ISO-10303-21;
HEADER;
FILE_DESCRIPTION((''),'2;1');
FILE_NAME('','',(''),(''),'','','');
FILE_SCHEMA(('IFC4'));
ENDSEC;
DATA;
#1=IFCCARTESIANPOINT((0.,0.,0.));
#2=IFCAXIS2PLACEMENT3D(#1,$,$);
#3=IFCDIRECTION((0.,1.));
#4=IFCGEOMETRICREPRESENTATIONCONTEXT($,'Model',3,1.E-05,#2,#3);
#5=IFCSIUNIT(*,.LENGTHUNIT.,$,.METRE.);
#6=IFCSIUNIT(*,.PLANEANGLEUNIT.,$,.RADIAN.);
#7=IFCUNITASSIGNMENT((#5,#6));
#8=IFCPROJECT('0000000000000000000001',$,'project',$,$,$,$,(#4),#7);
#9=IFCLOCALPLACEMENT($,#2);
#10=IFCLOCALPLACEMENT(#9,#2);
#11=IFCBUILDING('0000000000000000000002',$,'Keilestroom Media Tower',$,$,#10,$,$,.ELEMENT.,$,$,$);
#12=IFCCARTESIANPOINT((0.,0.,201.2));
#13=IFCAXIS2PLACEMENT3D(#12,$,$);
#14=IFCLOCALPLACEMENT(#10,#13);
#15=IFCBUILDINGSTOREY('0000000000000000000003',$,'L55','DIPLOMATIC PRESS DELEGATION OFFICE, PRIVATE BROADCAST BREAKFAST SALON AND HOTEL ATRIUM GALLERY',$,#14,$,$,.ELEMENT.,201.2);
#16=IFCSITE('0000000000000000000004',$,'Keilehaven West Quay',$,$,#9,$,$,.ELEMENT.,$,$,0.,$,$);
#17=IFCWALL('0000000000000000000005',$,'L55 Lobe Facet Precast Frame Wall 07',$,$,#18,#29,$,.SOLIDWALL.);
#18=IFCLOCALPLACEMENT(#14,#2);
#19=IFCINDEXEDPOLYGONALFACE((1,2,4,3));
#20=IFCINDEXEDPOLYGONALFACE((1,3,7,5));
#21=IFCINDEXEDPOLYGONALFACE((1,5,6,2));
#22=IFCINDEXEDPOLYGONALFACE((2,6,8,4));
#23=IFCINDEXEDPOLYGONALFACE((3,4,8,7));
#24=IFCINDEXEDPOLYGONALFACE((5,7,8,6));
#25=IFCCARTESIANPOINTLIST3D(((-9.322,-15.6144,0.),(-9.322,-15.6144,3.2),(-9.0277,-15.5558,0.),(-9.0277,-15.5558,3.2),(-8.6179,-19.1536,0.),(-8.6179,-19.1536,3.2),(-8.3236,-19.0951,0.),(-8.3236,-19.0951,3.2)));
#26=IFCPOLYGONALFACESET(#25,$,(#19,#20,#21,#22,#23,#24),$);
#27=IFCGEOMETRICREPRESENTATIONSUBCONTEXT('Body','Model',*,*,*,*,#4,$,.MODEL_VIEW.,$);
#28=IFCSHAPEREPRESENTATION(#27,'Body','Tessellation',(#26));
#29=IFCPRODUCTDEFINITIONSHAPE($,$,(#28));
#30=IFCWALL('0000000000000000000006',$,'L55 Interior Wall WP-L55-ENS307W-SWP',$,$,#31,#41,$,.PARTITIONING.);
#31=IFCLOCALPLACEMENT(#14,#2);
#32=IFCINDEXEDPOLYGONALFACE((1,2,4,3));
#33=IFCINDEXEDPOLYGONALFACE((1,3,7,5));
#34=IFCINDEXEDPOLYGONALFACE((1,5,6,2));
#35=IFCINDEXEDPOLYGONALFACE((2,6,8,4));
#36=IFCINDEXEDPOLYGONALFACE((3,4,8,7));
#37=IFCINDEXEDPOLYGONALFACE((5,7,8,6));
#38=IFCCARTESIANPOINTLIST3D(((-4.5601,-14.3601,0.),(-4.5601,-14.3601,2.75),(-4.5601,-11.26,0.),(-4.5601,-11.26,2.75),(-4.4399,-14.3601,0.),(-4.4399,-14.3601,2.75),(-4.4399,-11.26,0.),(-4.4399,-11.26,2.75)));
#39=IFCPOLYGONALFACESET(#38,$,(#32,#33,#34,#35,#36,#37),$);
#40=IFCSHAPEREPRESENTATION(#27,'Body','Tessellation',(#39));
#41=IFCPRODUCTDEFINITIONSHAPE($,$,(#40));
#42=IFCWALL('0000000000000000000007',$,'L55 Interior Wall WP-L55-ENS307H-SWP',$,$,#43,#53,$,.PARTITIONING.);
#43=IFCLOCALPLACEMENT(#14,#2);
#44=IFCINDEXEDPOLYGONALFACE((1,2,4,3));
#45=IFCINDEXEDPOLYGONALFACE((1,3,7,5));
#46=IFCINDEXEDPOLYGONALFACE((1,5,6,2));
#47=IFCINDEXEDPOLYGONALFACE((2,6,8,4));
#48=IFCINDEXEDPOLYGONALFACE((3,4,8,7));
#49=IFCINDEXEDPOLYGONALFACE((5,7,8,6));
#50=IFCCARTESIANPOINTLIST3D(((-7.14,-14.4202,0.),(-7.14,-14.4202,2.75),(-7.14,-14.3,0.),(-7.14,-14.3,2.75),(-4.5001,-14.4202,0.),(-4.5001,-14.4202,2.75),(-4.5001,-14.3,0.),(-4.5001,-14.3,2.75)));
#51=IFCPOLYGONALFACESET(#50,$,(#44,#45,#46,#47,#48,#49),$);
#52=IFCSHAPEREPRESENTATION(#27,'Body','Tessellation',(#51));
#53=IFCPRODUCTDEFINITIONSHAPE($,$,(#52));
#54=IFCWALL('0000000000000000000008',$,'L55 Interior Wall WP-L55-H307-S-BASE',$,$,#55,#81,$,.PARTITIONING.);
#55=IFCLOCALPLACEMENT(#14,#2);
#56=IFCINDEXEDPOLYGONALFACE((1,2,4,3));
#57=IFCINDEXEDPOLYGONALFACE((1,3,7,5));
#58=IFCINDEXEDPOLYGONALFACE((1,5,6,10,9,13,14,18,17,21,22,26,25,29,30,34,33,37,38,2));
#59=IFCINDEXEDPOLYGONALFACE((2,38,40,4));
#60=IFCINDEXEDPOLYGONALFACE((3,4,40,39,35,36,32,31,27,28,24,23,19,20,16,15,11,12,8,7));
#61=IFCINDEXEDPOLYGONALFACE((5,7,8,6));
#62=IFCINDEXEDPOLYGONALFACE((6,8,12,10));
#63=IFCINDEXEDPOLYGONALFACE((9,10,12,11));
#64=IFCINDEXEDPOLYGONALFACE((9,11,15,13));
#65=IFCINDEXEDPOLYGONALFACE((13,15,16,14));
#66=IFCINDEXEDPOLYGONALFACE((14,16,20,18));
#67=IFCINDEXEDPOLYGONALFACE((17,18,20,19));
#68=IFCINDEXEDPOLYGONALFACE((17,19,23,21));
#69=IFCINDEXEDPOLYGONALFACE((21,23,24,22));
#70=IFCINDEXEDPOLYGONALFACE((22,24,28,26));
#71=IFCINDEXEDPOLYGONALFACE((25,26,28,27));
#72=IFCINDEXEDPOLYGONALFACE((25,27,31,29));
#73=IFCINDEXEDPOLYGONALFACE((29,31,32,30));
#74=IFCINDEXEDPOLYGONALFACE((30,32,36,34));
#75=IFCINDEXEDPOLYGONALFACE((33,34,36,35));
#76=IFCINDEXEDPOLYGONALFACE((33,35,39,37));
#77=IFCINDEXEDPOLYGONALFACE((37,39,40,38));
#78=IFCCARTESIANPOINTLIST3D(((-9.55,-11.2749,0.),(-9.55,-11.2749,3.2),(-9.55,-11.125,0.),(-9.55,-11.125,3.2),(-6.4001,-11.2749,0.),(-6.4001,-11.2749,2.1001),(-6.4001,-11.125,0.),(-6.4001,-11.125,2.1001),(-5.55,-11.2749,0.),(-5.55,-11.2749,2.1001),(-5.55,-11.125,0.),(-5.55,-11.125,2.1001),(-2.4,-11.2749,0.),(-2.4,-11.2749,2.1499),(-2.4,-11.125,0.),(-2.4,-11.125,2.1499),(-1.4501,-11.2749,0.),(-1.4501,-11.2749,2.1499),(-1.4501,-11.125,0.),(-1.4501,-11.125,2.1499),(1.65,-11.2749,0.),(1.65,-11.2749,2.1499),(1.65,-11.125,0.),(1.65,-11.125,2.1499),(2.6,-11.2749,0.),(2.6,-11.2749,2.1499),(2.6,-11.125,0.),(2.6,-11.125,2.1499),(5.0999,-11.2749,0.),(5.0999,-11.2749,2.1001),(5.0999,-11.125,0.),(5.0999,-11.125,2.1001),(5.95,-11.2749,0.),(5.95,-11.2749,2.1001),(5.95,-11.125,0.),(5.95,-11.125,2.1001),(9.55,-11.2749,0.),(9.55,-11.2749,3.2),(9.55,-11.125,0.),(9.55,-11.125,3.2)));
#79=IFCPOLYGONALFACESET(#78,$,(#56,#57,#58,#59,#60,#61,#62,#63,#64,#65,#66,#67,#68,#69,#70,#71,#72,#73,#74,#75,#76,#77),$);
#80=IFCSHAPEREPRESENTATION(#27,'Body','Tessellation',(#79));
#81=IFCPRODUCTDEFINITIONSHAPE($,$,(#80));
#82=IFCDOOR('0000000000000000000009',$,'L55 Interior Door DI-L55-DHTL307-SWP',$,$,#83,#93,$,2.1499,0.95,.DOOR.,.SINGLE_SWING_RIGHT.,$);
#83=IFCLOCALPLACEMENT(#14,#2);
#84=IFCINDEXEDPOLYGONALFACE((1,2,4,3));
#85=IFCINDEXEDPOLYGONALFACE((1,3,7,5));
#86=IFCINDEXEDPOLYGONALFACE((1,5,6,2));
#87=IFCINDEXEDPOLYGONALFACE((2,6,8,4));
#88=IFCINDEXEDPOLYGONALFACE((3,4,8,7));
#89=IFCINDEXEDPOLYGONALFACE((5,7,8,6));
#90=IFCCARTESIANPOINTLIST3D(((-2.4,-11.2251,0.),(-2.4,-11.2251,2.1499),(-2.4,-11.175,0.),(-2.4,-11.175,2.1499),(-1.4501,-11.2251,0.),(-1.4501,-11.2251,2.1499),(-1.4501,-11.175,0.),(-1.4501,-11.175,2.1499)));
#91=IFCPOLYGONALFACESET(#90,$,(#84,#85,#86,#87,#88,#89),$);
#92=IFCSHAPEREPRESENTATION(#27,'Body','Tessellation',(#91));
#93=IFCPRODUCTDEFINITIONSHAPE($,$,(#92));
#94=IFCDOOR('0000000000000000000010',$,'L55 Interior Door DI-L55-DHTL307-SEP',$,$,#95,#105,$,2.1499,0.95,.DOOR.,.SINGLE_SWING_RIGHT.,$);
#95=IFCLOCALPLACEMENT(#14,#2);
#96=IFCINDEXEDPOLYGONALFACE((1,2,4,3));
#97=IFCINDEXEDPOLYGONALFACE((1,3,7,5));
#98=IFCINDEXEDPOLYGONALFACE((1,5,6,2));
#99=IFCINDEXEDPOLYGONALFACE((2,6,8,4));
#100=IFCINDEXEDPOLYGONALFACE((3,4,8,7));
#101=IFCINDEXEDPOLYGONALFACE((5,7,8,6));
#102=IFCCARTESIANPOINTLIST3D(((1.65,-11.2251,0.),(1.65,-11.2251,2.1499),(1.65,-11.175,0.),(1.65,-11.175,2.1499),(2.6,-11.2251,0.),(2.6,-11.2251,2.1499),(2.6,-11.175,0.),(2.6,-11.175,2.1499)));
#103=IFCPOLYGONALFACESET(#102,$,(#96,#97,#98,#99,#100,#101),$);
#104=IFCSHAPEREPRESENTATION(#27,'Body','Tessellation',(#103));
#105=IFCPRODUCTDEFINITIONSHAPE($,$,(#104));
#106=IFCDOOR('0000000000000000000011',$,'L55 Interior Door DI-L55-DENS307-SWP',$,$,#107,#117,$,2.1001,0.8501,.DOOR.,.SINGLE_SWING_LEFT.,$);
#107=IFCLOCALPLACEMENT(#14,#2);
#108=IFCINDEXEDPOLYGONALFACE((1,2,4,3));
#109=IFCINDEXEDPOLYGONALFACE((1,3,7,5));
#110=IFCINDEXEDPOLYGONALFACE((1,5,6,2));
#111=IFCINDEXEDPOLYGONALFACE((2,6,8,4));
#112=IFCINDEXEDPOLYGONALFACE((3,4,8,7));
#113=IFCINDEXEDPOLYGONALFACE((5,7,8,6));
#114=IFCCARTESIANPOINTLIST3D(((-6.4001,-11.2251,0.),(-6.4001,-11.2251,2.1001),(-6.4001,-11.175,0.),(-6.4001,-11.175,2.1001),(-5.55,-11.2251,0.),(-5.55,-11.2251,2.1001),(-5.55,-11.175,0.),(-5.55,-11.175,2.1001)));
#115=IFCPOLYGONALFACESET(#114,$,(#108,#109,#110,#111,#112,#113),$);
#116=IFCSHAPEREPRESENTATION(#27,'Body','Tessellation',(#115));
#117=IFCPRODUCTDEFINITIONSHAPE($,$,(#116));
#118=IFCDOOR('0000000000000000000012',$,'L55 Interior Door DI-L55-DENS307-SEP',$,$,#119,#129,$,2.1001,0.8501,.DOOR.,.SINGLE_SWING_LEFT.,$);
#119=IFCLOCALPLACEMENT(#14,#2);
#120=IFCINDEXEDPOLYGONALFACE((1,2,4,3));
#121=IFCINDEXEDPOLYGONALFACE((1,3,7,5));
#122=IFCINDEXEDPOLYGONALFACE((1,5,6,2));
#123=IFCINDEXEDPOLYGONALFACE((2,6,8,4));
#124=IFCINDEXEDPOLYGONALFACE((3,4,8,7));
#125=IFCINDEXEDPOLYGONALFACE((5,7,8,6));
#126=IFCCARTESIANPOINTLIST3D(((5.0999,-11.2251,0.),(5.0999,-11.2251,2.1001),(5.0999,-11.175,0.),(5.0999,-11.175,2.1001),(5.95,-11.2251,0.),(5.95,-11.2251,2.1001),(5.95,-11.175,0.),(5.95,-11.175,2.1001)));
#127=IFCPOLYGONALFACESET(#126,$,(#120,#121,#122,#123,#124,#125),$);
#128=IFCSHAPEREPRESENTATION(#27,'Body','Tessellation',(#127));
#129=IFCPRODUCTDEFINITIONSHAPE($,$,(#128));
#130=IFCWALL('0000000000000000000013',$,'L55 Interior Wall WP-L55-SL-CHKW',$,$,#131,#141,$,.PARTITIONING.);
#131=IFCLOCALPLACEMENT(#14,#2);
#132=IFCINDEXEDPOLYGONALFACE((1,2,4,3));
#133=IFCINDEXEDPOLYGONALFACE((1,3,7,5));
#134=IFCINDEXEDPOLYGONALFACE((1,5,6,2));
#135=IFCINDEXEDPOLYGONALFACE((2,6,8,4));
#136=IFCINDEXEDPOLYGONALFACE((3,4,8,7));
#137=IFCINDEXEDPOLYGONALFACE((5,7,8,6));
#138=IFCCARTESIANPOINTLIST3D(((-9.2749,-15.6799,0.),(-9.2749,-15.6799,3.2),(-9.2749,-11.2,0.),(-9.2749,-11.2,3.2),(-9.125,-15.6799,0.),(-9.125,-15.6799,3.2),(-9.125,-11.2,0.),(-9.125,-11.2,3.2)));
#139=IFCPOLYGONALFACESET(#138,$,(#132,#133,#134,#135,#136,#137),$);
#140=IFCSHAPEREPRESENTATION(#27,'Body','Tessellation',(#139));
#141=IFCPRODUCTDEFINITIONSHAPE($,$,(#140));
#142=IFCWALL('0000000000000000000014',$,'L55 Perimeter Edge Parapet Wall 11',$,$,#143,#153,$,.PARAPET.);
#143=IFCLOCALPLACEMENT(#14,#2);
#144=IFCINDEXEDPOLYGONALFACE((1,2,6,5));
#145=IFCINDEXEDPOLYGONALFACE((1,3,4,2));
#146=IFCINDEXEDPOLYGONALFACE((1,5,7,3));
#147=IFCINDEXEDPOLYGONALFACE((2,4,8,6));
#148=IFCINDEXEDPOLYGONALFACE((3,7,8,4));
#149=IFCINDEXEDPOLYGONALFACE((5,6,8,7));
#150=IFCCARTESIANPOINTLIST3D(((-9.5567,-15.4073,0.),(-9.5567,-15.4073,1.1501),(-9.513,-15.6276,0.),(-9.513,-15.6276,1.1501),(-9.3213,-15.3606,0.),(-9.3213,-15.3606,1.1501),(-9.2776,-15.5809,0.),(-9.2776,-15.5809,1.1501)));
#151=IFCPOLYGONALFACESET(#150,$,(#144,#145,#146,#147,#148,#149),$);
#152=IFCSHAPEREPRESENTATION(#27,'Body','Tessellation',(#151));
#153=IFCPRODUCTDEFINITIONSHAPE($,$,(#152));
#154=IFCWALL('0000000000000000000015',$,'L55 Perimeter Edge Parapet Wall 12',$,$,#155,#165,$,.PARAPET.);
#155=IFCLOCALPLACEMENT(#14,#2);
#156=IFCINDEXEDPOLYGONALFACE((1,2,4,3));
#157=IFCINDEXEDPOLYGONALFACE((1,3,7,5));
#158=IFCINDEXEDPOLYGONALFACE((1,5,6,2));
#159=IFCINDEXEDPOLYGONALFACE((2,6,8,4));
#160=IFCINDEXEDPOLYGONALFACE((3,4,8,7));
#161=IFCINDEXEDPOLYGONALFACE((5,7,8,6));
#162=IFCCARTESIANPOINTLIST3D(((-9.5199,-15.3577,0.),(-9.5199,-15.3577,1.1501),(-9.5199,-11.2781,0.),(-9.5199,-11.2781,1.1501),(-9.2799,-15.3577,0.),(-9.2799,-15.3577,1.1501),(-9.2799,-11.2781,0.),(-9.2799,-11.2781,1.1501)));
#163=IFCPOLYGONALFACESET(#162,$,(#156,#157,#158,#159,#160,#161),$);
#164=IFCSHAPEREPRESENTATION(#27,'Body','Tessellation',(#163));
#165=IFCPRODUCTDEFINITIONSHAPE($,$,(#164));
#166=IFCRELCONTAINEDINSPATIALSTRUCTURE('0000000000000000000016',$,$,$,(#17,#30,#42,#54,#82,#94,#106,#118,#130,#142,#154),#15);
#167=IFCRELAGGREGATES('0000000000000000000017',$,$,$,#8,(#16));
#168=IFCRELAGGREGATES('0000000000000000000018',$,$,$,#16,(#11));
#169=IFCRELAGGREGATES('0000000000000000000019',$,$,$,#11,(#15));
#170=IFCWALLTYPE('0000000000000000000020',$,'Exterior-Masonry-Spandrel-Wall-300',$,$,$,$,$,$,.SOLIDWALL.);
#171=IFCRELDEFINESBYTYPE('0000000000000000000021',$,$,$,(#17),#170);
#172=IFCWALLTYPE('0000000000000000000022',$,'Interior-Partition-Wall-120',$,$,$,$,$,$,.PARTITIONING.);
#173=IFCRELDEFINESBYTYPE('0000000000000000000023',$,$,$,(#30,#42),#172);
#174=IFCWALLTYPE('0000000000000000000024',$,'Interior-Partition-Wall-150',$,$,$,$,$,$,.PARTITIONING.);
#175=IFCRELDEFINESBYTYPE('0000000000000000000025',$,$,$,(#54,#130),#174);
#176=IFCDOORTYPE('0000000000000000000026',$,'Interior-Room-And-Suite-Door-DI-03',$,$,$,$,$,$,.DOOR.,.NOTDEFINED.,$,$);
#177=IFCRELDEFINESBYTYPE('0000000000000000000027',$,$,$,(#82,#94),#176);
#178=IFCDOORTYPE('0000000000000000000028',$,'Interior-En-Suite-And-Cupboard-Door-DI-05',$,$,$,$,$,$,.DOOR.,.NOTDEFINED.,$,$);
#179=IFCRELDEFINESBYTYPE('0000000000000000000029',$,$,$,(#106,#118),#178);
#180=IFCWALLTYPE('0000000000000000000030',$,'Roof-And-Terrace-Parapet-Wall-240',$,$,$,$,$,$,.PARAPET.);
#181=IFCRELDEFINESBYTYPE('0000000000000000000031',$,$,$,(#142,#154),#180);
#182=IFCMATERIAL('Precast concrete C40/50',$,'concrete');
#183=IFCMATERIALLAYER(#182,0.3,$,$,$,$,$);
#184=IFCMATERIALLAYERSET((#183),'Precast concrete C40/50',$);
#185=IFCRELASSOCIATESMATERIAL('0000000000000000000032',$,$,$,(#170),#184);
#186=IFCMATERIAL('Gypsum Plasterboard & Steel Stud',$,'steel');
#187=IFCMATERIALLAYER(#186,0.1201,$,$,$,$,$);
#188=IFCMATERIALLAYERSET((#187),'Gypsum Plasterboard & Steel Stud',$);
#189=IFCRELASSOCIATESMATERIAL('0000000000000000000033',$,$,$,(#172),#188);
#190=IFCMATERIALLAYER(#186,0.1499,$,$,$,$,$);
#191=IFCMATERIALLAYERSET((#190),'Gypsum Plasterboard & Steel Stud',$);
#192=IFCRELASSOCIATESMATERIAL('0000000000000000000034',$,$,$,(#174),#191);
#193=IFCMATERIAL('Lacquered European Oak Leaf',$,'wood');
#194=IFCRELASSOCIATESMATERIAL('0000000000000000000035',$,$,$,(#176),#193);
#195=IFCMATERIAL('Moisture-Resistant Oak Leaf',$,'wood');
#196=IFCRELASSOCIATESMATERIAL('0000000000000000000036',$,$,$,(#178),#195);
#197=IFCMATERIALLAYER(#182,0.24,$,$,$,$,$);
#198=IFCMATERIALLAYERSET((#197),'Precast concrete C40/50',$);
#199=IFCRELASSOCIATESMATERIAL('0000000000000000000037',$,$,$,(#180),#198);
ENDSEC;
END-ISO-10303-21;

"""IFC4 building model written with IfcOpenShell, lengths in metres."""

from ifc_helpers import new_model, si_unit, direction, frame, frame_2d, origin, place, context, subcontext, project, spatial, rectangle, extrude, source, transform, mapped, material, layer, layer_set, type_object, element, fill, save


model = new_model("IFC4")

# Units and contexts
model_context = context("Model", 3, precision=1e-05, world=origin(), true_north=direction((0.0, 1.0)))
body_context = subcontext(model_context, "Body", "Model", "MODEL_VIEW")
ifc_project = project(units=[si_unit("LENGTHUNIT", "METRE"), si_unit("PLANEANGLEUNIT", "RADIAN")], contexts=[model_context])

# Site, building, storey
site_placement = place(None, origin())
site = spatial("IfcSite", under=ifc_project, at=site_placement, Name="Keilehaven West Quay", CompositionType="ELEMENT", RefElevation=0.0)
building_placement = place(site_placement, origin())
building = spatial("IfcBuilding", under=site, at=building_placement, Name="Keilestroom Media Tower", CompositionType="ELEMENT")
storey_placement = place(building_placement, frame((0.0, 0.0, 201.2)))
storey = spatial("IfcBuildingStorey", under=building, at=storey_placement, Name="L55", Description="DIPLOMATIC PRESS DELEGATION OFFICE, PRIVATE BROADCAST BREAKFAST SALON AND HOTEL ATRIUM GALLERY", CompositionType="ELEMENT", Elevation=201.2)

# Walls
ifc_material_1 = material(Name="Precast concrete C40/50", Category="concrete")
ifc_layer_1 = layer(ifc_material_1, 0.3)
ifc_layer_set_1 = layer_set([ifc_layer_1], Name="Precast concrete C40/50")
wall_type_1 = type_object("IfcWallType", Name="Exterior-Masonry-Spandrel-Wall-300", PredefinedType="SOLIDWALL", material=ifc_layer_set_1)
wall_1_placement = place(storey_placement, frame((-9.1748, -15.5852, 0.0), z_axis=(0.0, 0.0, 1.0), x_axis=(0.195114, -0.980781, 0.0)))
element("IfcWall", 1, at=wall_1_placement, inside=storey, type_object=wall_type_1, Name="L55 Lobe Facet Precast Frame Wall 07", PredefinedType="SOLIDWALL", context=body_context, shape_type="SweptSolid", body=[
    extrude(rectangle(XDim=3.6086, YDim=0.3, at=frame_2d((1.8042, 0.0))), origin(), (0.0, 0.0, 1.0), 3.2),
])
ifc_material_2 = material(Name="Gypsum Plasterboard & Steel Stud", Category="steel")
ifc_layer_2 = layer(ifc_material_2, 0.1201)
ifc_layer_set_2 = layer_set([ifc_layer_2], Name="Gypsum Plasterboard & Steel Stud")
wall_type_2 = type_object("IfcWallType", Name="Interior-Partition-Wall-120", PredefinedType="PARTITIONING", material=ifc_layer_set_2)
wall_2_placement = place(storey_placement, frame((-4.5, -14.3601, 0.0), z_axis=(0.0, 0.0, 1.0), x_axis=(0.0, 1.0, 0.0)))
element("IfcWall", 2, at=wall_2_placement, inside=storey, type_object=wall_type_2, Name="L55 Interior Wall WP-L55-ENS307W-SWP", PredefinedType="PARTITIONING", context=body_context, shape_type="SweptSolid", body=[
    extrude(rectangle(XDim=3.1001, YDim=0.1201, at=frame_2d((1.55, 0.0))), origin(), (0.0, 0.0, 1.0), 2.75),
])
wall_3_placement = place(storey_placement, frame((-7.1399, -14.3601, 0.0), z_axis=(0.0, 0.0, 1.0), x_axis=(1.0, 0.0, 0.0)))
element("IfcWall", 3, at=wall_3_placement, inside=storey, type_object=wall_type_2, Name="L55 Interior Wall WP-L55-ENS307H-SWP", PredefinedType="PARTITIONING", context=body_context, shape_type="SweptSolid", body=[
    extrude(rectangle(XDim=2.6399, YDim=0.1201, at=frame_2d((1.3198, 0.0))), origin(), (0.0, 0.0, 1.0), 2.75),
])

# Wall, openings, doors
ifc_layer_3 = layer(ifc_material_2, 0.1499)
ifc_layer_set_3 = layer_set([ifc_layer_3], Name="Gypsum Plasterboard & Steel Stud")
wall_type_3 = type_object("IfcWallType", Name="Interior-Partition-Wall-150", PredefinedType="PARTITIONING", material=ifc_layer_set_3)
wall_4_placement = place(storey_placement, frame((-9.55, -11.2, 0.0), z_axis=(0.0, 0.0, 1.0), x_axis=(1.0, 0.0, 0.0)))
wall_4 = element("IfcWall", 4, at=wall_4_placement, inside=storey, type_object=wall_type_3, Name="L55 Interior Wall WP-L55-H307-S-BASE", PredefinedType="PARTITIONING", context=body_context, shape_type="SweptSolid", body=[
    extrude(rectangle(XDim=19.1001, YDim=0.1499, at=frame_2d((9.55, 0.0))), origin(), (0.0, 0.0, 1.0), 3.2),
])
opening_1_placement = place(wall_4_placement, frame((3.1499, 0.0, 0.0)))
opening_1 = element("IfcOpeningElement", 5, at=opening_1_placement, cuts=wall_4, PredefinedType="OPENING", context=body_context, shape_type="SweptSolid", body=[
    extrude(rectangle(XDim=0.8501, YDim=2.1001, at=frame_2d((0.425, 1.05))), frame((0.0, 0.085, 0.0), z_axis=(0.0, -1.0, 0.0), x_axis=(1.0, 0.0, 0.0)), (0.0, 0.0, 1.0), 0.1699),
])
opening_2_placement = place(wall_4_placement, frame((7.1499, 0.0, 0.0)))
opening_2 = element("IfcOpeningElement", 6, at=opening_2_placement, cuts=wall_4, PredefinedType="OPENING", context=body_context, shape_type="SweptSolid", body=[
    extrude(rectangle(XDim=0.95, YDim=2.1499, at=frame_2d((0.4751, 1.075))), frame((0.0, 0.085, 0.0), z_axis=(0.0, -1.0, 0.0), x_axis=(1.0, 0.0, 0.0)), (0.0, 0.0, 1.0), 0.1699),
])
opening_3_placement = place(wall_4_placement, frame((14.6499, 0.0, 0.0)))
opening_3 = element("IfcOpeningElement", 7, at=opening_3_placement, cuts=wall_4, PredefinedType="OPENING", context=body_context, shape_type="SweptSolid", body=[
    extrude(rectangle(XDim=0.8501, YDim=2.1001, at=frame_2d((0.425, 1.05))), frame((0.0, 0.085, 0.0), z_axis=(0.0, -1.0, 0.0), x_axis=(1.0, 0.0, 0.0)), (0.0, 0.0, 1.0), 0.1699),
])
opening_4_placement = place(wall_4_placement, frame((11.2, 0.0, 0.0)))
opening_4 = element("IfcOpeningElement", 8, at=opening_4_placement, cuts=wall_4, PredefinedType="OPENING", context=body_context, shape_type="SweptSolid", body=[
    extrude(rectangle(XDim=0.95, YDim=2.1499, at=frame_2d((0.4751, 1.075))), frame((0.0, 0.085, 0.0), z_axis=(0.0, -1.0, 0.0), x_axis=(1.0, 0.0, 0.0)), (0.0, 0.0, 1.0), 0.1699),
])
ifc_material_3 = material(Name="Lacquered European Oak Leaf", Category="wood")
door_type_1 = type_object("IfcDoorType", Name="Interior-Room-And-Suite-Door-DI-03", OperationType="NOTDEFINED", PredefinedType="DOOR", material=ifc_material_3)
shared_shape_1 = source(origin(), body_context, "Body", "SweptSolid", [
    extrude(rectangle(XDim=0.95, YDim=2.1499, at=frame_2d((0.4751, 1.075))), frame((0.0, 0.0249, 0.0), z_axis=(0.0, -1.0, 0.0), x_axis=(1.0, 0.0, 0.0)), (0.0, 0.0, 1.0), 0.05),
])
door_1_placement = place(opening_2_placement, origin())
door_1 = element("IfcDoor", 9, at=door_1_placement, inside=storey, type_object=door_type_1, Name="L55 Interior Door DI-L55-DHTL307-SWP", OperationType="SINGLE_SWING_RIGHT", OverallHeight=2.1499, OverallWidth=0.95, PredefinedType="DOOR", context=body_context, shape_type="MappedRepresentation", body=[
    mapped(shared_shape_1, transform((0.0, 0.0, 0.0), x_axis=(1.0, 0.0, 0.0), y_axis=(0.0, 1.0, 0.0), z_axis=(0.0, 0.0, 1.0), scale=1.0)),
])
fill(opening_2, door_1)
door_2_placement = place(opening_4_placement, origin())
door_2 = element("IfcDoor", 10, at=door_2_placement, inside=storey, type_object=door_type_1, Name="L55 Interior Door DI-L55-DHTL307-SEP", OperationType="SINGLE_SWING_RIGHT", OverallHeight=2.1499, OverallWidth=0.95, PredefinedType="DOOR", context=body_context, shape_type="MappedRepresentation", body=[
    mapped(shared_shape_1, transform((0.0, 0.0, 0.0), x_axis=(1.0, 0.0, 0.0), y_axis=(0.0, 1.0, 0.0), z_axis=(0.0, 0.0, 1.0), scale=1.0)),
])
fill(opening_4, door_2)
ifc_material_4 = material(Name="Moisture-Resistant Oak Leaf", Category="wood")
door_type_2 = type_object("IfcDoorType", Name="Interior-En-Suite-And-Cupboard-Door-DI-05", OperationType="NOTDEFINED", PredefinedType="DOOR", material=ifc_material_4)
shared_shape_2 = source(origin(), body_context, "Body", "SweptSolid", [
    extrude(rectangle(XDim=0.8501, YDim=2.1001, at=frame_2d((0.425, 1.05))), frame((0.0, 0.0249, 0.0), z_axis=(0.0, -1.0, 0.0), x_axis=(1.0, 0.0, 0.0)), (0.0, 0.0, 1.0), 0.05),
])
door_3_placement = place(opening_1_placement, origin())
door_3 = element("IfcDoor", 11, at=door_3_placement, inside=storey, type_object=door_type_2, Name="L55 Interior Door DI-L55-DENS307-SWP", OperationType="SINGLE_SWING_LEFT", OverallHeight=2.1001, OverallWidth=0.8501, PredefinedType="DOOR", context=body_context, shape_type="MappedRepresentation", body=[
    mapped(shared_shape_2, transform((0.0, 0.0, 0.0), x_axis=(1.0, 0.0, 0.0), y_axis=(0.0, 1.0, 0.0), z_axis=(0.0, 0.0, 1.0), scale=1.0)),
])
fill(opening_1, door_3)
door_4_placement = place(opening_3_placement, origin())
door_4 = element("IfcDoor", 12, at=door_4_placement, inside=storey, type_object=door_type_2, Name="L55 Interior Door DI-L55-DENS307-SEP", OperationType="SINGLE_SWING_LEFT", OverallHeight=2.1001, OverallWidth=0.8501, PredefinedType="DOOR", context=body_context, shape_type="MappedRepresentation", body=[
    mapped(shared_shape_2, transform((0.0, 0.0, 0.0), x_axis=(1.0, 0.0, 0.0), y_axis=(0.0, 1.0, 0.0), z_axis=(0.0, 0.0, 1.0), scale=1.0)),
])
fill(opening_3, door_4)

# Walls
wall_5_placement = place(storey_placement, frame((-9.2, -15.6799, 0.0), z_axis=(0.0, 0.0, 1.0), x_axis=(0.0, 1.0, 0.0)))
element("IfcWall", 13, at=wall_5_placement, inside=storey, type_object=wall_type_3, Name="L55 Interior Wall WP-L55-SL-CHKW", PredefinedType="PARTITIONING", context=body_context, shape_type="SweptSolid", body=[
    extrude(rectangle(XDim=4.48, YDim=0.1499, at=frame_2d((2.24, 0.0))), origin(), (0.0, 0.0, 1.0), 3.2),
])
ifc_layer_4 = layer(ifc_material_1, 0.24)
ifc_layer_set_4 = layer_set([ifc_layer_4], Name="Precast concrete C40/50")
wall_type_4 = type_object("IfcWallType", Name="Roof-And-Terrace-Parapet-Wall-240", PredefinedType="PARAPET", material=ifc_layer_set_4)
wall_6_placement = place(storey_placement, frame((-9.3953, -15.6042, 0.0), z_axis=(0.0, 0.0, 1.0), x_axis=(-0.194652, 0.980872, 0.0)))
element("IfcWall", 14, at=wall_6_placement, inside=storey, type_object=wall_type_4, Name="L55 Perimeter Edge Parapet Wall 11", PredefinedType="PARAPET", context=body_context, shape_type="SweptSolid", body=[
    extrude(rectangle(XDim=0.2246, YDim=0.24, at=frame_2d((0.1123, 0.0))), origin(), (0.0, 0.0, 1.0), 1.1501),
])
wall_7_placement = place(storey_placement, frame((-9.3999, -15.3577, 0.0), z_axis=(0.0, 0.0, 1.0), x_axis=(0.0, 1.0, 0.0)))
element("IfcWall", 15, at=wall_7_placement, inside=storey, type_object=wall_type_4, Name="L55 Perimeter Edge Parapet Wall 12", PredefinedType="PARAPET", context=body_context, shape_type="SweptSolid", body=[
    extrude(rectangle(XDim=4.0796, YDim=0.24, at=frame_2d((2.0398, 0.0))), origin(), (0.0, 0.0, 1.0), 1.1501),
])

save(model, "model.ifc")
